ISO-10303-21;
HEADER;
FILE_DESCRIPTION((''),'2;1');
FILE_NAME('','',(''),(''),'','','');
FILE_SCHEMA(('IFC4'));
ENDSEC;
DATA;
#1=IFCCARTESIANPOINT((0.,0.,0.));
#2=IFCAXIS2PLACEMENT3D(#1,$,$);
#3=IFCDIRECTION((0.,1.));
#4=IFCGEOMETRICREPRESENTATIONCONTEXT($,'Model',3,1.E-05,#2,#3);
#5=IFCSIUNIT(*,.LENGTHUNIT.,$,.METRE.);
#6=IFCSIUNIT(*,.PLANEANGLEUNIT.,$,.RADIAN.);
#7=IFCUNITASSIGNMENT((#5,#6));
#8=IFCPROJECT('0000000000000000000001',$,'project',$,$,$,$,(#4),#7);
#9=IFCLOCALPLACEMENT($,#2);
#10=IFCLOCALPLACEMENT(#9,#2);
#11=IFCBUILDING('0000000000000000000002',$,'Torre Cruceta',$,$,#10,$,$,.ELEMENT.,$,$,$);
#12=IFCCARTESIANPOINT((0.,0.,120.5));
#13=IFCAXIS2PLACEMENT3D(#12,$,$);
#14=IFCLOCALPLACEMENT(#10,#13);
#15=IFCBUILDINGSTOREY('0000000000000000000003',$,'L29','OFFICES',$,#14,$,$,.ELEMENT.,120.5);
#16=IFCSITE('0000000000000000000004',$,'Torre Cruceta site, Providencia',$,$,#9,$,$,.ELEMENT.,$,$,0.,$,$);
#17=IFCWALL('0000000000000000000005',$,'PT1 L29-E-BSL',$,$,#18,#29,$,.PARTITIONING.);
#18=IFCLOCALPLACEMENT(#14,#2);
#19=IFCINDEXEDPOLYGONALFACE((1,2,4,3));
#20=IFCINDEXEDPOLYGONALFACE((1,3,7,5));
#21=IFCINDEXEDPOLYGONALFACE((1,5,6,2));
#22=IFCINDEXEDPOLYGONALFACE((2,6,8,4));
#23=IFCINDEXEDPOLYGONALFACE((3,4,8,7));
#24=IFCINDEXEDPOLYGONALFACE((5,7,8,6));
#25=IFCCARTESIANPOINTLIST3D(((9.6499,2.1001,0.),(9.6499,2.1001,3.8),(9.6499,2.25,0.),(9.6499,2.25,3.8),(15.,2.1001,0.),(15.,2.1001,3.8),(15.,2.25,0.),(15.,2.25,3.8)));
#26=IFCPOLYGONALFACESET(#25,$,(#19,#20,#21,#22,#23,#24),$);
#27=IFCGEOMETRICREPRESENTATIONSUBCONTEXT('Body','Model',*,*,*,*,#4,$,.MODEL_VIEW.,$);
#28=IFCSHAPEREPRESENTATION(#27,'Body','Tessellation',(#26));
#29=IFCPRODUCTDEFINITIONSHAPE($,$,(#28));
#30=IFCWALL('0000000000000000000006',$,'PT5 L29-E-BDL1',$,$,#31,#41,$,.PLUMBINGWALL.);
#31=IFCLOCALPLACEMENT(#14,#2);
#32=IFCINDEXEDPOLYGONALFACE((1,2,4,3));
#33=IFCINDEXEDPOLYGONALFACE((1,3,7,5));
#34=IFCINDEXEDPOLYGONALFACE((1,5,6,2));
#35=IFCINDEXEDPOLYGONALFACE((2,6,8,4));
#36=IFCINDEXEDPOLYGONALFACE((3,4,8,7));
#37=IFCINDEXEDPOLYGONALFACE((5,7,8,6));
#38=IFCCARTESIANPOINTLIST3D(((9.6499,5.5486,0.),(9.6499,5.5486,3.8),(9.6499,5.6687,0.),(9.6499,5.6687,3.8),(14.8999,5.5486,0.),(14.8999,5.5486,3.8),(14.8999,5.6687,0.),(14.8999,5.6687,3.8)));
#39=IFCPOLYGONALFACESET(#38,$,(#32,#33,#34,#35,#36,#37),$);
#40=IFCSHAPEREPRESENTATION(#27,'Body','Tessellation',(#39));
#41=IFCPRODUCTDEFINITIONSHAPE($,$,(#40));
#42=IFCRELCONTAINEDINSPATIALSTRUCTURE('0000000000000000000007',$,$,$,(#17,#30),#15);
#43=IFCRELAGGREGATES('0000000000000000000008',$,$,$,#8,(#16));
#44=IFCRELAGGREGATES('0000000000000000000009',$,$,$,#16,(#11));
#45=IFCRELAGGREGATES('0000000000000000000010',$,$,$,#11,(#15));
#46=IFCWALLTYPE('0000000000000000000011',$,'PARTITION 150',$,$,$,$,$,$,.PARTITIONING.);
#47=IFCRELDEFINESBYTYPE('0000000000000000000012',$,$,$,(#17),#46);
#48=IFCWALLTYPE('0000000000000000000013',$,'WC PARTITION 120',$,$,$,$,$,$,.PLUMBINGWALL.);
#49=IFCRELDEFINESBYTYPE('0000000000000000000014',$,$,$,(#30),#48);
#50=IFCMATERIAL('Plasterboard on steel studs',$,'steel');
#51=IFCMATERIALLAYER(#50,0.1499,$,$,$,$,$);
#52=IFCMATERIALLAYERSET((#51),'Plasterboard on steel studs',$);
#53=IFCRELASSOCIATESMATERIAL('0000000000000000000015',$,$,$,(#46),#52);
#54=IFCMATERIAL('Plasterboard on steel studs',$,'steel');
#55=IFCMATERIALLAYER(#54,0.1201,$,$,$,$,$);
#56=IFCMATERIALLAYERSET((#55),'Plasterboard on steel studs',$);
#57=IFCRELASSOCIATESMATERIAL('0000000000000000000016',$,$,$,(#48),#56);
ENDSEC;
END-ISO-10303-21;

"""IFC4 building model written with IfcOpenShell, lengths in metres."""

from ifc_helpers import new_model, si_unit, direction, frame, frame_2d, origin, place, context, subcontext, project, spatial, rectangle, extrude, material, layer, layer_set, type_object, element, save


model = new_model("IFC4")

# Units and contexts
model_context = context("Model", 3, precision=1e-05, world=origin(), true_north=direction((0.0, 1.0)))
body_context = subcontext(model_context, "Body", "Model", "MODEL_VIEW")
ifc_project = project(units=[si_unit("LENGTHUNIT", "METRE"), si_unit("PLANEANGLEUNIT", "RADIAN")], contexts=[model_context])

# Site, building, storey
site_placement = place(None, origin())
site = spatial("IfcSite", under=ifc_project, at=site_placement, Name="Torre Cruceta site, Providencia", CompositionType="ELEMENT", RefElevation=0.0)
building_placement = place(site_placement, origin())
building = spatial("IfcBuilding", under=site, at=building_placement, Name="Torre Cruceta", CompositionType="ELEMENT")
storey_placement = place(building_placement, frame((0.0, 0.0, 120.5)))
storey = spatial("IfcBuildingStorey", under=building, at=storey_placement, Name="L29", Description="OFFICES", CompositionType="ELEMENT", Elevation=120.5)

# Shared definitions
ifc_material_1 = material(Name="Plasterboard on steel studs", Category="steel")
ifc_layer_1 = layer(ifc_material_1, 0.1499)
ifc_layer_set_1 = layer_set([ifc_layer_1], Name="Plasterboard on steel studs")
wall_type_1 = type_object("IfcWallType", Name="PARTITION 150", PredefinedType="PARTITIONING", material=ifc_layer_set_1)

# Walls
wall_1_placement = place(storey_placement, frame((9.6499, 2.175, 0.0), z_axis=(0.0, 0.0, 1.0), x_axis=(1.0, 0.0, 0.0)))
element("IfcWall", 1, at=wall_1_placement, inside=storey, type_object=wall_type_1, Name="PT1 L29-E-BSL", PredefinedType="PARTITIONING", context=body_context, shape_type="SweptSolid", body=[
    extrude(rectangle(XDim=5.3501, YDim=0.1499, at=frame_2d((2.675, 0.0))), origin(), (0.0, 0.0, 1.0), 3.8),
])
ifc_material_2 = material(Name="Plasterboard on steel studs", Category="steel")
ifc_layer_2 = layer(ifc_material_2, 0.1201)
ifc_layer_set_2 = layer_set([ifc_layer_2], Name="Plasterboard on steel studs")
wall_type_2 = type_object("IfcWallType", Name="WC PARTITION 120", PredefinedType="PLUMBINGWALL", material=ifc_layer_set_2)
wall_2_placement = place(storey_placement, frame((9.6499, 5.6086, 0.0), z_axis=(0.0, 0.0, 1.0), x_axis=(1.0, 0.0, 0.0)))
element("IfcWall", 2, at=wall_2_placement, inside=storey, type_object=wall_type_2, Name="PT5 L29-E-BDL1", PredefinedType="PLUMBINGWALL", context=body_context, shape_type="SweptSolid", body=[
    extrude(rectangle(XDim=5.25, YDim=0.1201, at=frame_2d((2.625, 0.0))), origin(), (0.0, 0.0, 1.0), 3.8),
])

save(model, "model.ifc")
